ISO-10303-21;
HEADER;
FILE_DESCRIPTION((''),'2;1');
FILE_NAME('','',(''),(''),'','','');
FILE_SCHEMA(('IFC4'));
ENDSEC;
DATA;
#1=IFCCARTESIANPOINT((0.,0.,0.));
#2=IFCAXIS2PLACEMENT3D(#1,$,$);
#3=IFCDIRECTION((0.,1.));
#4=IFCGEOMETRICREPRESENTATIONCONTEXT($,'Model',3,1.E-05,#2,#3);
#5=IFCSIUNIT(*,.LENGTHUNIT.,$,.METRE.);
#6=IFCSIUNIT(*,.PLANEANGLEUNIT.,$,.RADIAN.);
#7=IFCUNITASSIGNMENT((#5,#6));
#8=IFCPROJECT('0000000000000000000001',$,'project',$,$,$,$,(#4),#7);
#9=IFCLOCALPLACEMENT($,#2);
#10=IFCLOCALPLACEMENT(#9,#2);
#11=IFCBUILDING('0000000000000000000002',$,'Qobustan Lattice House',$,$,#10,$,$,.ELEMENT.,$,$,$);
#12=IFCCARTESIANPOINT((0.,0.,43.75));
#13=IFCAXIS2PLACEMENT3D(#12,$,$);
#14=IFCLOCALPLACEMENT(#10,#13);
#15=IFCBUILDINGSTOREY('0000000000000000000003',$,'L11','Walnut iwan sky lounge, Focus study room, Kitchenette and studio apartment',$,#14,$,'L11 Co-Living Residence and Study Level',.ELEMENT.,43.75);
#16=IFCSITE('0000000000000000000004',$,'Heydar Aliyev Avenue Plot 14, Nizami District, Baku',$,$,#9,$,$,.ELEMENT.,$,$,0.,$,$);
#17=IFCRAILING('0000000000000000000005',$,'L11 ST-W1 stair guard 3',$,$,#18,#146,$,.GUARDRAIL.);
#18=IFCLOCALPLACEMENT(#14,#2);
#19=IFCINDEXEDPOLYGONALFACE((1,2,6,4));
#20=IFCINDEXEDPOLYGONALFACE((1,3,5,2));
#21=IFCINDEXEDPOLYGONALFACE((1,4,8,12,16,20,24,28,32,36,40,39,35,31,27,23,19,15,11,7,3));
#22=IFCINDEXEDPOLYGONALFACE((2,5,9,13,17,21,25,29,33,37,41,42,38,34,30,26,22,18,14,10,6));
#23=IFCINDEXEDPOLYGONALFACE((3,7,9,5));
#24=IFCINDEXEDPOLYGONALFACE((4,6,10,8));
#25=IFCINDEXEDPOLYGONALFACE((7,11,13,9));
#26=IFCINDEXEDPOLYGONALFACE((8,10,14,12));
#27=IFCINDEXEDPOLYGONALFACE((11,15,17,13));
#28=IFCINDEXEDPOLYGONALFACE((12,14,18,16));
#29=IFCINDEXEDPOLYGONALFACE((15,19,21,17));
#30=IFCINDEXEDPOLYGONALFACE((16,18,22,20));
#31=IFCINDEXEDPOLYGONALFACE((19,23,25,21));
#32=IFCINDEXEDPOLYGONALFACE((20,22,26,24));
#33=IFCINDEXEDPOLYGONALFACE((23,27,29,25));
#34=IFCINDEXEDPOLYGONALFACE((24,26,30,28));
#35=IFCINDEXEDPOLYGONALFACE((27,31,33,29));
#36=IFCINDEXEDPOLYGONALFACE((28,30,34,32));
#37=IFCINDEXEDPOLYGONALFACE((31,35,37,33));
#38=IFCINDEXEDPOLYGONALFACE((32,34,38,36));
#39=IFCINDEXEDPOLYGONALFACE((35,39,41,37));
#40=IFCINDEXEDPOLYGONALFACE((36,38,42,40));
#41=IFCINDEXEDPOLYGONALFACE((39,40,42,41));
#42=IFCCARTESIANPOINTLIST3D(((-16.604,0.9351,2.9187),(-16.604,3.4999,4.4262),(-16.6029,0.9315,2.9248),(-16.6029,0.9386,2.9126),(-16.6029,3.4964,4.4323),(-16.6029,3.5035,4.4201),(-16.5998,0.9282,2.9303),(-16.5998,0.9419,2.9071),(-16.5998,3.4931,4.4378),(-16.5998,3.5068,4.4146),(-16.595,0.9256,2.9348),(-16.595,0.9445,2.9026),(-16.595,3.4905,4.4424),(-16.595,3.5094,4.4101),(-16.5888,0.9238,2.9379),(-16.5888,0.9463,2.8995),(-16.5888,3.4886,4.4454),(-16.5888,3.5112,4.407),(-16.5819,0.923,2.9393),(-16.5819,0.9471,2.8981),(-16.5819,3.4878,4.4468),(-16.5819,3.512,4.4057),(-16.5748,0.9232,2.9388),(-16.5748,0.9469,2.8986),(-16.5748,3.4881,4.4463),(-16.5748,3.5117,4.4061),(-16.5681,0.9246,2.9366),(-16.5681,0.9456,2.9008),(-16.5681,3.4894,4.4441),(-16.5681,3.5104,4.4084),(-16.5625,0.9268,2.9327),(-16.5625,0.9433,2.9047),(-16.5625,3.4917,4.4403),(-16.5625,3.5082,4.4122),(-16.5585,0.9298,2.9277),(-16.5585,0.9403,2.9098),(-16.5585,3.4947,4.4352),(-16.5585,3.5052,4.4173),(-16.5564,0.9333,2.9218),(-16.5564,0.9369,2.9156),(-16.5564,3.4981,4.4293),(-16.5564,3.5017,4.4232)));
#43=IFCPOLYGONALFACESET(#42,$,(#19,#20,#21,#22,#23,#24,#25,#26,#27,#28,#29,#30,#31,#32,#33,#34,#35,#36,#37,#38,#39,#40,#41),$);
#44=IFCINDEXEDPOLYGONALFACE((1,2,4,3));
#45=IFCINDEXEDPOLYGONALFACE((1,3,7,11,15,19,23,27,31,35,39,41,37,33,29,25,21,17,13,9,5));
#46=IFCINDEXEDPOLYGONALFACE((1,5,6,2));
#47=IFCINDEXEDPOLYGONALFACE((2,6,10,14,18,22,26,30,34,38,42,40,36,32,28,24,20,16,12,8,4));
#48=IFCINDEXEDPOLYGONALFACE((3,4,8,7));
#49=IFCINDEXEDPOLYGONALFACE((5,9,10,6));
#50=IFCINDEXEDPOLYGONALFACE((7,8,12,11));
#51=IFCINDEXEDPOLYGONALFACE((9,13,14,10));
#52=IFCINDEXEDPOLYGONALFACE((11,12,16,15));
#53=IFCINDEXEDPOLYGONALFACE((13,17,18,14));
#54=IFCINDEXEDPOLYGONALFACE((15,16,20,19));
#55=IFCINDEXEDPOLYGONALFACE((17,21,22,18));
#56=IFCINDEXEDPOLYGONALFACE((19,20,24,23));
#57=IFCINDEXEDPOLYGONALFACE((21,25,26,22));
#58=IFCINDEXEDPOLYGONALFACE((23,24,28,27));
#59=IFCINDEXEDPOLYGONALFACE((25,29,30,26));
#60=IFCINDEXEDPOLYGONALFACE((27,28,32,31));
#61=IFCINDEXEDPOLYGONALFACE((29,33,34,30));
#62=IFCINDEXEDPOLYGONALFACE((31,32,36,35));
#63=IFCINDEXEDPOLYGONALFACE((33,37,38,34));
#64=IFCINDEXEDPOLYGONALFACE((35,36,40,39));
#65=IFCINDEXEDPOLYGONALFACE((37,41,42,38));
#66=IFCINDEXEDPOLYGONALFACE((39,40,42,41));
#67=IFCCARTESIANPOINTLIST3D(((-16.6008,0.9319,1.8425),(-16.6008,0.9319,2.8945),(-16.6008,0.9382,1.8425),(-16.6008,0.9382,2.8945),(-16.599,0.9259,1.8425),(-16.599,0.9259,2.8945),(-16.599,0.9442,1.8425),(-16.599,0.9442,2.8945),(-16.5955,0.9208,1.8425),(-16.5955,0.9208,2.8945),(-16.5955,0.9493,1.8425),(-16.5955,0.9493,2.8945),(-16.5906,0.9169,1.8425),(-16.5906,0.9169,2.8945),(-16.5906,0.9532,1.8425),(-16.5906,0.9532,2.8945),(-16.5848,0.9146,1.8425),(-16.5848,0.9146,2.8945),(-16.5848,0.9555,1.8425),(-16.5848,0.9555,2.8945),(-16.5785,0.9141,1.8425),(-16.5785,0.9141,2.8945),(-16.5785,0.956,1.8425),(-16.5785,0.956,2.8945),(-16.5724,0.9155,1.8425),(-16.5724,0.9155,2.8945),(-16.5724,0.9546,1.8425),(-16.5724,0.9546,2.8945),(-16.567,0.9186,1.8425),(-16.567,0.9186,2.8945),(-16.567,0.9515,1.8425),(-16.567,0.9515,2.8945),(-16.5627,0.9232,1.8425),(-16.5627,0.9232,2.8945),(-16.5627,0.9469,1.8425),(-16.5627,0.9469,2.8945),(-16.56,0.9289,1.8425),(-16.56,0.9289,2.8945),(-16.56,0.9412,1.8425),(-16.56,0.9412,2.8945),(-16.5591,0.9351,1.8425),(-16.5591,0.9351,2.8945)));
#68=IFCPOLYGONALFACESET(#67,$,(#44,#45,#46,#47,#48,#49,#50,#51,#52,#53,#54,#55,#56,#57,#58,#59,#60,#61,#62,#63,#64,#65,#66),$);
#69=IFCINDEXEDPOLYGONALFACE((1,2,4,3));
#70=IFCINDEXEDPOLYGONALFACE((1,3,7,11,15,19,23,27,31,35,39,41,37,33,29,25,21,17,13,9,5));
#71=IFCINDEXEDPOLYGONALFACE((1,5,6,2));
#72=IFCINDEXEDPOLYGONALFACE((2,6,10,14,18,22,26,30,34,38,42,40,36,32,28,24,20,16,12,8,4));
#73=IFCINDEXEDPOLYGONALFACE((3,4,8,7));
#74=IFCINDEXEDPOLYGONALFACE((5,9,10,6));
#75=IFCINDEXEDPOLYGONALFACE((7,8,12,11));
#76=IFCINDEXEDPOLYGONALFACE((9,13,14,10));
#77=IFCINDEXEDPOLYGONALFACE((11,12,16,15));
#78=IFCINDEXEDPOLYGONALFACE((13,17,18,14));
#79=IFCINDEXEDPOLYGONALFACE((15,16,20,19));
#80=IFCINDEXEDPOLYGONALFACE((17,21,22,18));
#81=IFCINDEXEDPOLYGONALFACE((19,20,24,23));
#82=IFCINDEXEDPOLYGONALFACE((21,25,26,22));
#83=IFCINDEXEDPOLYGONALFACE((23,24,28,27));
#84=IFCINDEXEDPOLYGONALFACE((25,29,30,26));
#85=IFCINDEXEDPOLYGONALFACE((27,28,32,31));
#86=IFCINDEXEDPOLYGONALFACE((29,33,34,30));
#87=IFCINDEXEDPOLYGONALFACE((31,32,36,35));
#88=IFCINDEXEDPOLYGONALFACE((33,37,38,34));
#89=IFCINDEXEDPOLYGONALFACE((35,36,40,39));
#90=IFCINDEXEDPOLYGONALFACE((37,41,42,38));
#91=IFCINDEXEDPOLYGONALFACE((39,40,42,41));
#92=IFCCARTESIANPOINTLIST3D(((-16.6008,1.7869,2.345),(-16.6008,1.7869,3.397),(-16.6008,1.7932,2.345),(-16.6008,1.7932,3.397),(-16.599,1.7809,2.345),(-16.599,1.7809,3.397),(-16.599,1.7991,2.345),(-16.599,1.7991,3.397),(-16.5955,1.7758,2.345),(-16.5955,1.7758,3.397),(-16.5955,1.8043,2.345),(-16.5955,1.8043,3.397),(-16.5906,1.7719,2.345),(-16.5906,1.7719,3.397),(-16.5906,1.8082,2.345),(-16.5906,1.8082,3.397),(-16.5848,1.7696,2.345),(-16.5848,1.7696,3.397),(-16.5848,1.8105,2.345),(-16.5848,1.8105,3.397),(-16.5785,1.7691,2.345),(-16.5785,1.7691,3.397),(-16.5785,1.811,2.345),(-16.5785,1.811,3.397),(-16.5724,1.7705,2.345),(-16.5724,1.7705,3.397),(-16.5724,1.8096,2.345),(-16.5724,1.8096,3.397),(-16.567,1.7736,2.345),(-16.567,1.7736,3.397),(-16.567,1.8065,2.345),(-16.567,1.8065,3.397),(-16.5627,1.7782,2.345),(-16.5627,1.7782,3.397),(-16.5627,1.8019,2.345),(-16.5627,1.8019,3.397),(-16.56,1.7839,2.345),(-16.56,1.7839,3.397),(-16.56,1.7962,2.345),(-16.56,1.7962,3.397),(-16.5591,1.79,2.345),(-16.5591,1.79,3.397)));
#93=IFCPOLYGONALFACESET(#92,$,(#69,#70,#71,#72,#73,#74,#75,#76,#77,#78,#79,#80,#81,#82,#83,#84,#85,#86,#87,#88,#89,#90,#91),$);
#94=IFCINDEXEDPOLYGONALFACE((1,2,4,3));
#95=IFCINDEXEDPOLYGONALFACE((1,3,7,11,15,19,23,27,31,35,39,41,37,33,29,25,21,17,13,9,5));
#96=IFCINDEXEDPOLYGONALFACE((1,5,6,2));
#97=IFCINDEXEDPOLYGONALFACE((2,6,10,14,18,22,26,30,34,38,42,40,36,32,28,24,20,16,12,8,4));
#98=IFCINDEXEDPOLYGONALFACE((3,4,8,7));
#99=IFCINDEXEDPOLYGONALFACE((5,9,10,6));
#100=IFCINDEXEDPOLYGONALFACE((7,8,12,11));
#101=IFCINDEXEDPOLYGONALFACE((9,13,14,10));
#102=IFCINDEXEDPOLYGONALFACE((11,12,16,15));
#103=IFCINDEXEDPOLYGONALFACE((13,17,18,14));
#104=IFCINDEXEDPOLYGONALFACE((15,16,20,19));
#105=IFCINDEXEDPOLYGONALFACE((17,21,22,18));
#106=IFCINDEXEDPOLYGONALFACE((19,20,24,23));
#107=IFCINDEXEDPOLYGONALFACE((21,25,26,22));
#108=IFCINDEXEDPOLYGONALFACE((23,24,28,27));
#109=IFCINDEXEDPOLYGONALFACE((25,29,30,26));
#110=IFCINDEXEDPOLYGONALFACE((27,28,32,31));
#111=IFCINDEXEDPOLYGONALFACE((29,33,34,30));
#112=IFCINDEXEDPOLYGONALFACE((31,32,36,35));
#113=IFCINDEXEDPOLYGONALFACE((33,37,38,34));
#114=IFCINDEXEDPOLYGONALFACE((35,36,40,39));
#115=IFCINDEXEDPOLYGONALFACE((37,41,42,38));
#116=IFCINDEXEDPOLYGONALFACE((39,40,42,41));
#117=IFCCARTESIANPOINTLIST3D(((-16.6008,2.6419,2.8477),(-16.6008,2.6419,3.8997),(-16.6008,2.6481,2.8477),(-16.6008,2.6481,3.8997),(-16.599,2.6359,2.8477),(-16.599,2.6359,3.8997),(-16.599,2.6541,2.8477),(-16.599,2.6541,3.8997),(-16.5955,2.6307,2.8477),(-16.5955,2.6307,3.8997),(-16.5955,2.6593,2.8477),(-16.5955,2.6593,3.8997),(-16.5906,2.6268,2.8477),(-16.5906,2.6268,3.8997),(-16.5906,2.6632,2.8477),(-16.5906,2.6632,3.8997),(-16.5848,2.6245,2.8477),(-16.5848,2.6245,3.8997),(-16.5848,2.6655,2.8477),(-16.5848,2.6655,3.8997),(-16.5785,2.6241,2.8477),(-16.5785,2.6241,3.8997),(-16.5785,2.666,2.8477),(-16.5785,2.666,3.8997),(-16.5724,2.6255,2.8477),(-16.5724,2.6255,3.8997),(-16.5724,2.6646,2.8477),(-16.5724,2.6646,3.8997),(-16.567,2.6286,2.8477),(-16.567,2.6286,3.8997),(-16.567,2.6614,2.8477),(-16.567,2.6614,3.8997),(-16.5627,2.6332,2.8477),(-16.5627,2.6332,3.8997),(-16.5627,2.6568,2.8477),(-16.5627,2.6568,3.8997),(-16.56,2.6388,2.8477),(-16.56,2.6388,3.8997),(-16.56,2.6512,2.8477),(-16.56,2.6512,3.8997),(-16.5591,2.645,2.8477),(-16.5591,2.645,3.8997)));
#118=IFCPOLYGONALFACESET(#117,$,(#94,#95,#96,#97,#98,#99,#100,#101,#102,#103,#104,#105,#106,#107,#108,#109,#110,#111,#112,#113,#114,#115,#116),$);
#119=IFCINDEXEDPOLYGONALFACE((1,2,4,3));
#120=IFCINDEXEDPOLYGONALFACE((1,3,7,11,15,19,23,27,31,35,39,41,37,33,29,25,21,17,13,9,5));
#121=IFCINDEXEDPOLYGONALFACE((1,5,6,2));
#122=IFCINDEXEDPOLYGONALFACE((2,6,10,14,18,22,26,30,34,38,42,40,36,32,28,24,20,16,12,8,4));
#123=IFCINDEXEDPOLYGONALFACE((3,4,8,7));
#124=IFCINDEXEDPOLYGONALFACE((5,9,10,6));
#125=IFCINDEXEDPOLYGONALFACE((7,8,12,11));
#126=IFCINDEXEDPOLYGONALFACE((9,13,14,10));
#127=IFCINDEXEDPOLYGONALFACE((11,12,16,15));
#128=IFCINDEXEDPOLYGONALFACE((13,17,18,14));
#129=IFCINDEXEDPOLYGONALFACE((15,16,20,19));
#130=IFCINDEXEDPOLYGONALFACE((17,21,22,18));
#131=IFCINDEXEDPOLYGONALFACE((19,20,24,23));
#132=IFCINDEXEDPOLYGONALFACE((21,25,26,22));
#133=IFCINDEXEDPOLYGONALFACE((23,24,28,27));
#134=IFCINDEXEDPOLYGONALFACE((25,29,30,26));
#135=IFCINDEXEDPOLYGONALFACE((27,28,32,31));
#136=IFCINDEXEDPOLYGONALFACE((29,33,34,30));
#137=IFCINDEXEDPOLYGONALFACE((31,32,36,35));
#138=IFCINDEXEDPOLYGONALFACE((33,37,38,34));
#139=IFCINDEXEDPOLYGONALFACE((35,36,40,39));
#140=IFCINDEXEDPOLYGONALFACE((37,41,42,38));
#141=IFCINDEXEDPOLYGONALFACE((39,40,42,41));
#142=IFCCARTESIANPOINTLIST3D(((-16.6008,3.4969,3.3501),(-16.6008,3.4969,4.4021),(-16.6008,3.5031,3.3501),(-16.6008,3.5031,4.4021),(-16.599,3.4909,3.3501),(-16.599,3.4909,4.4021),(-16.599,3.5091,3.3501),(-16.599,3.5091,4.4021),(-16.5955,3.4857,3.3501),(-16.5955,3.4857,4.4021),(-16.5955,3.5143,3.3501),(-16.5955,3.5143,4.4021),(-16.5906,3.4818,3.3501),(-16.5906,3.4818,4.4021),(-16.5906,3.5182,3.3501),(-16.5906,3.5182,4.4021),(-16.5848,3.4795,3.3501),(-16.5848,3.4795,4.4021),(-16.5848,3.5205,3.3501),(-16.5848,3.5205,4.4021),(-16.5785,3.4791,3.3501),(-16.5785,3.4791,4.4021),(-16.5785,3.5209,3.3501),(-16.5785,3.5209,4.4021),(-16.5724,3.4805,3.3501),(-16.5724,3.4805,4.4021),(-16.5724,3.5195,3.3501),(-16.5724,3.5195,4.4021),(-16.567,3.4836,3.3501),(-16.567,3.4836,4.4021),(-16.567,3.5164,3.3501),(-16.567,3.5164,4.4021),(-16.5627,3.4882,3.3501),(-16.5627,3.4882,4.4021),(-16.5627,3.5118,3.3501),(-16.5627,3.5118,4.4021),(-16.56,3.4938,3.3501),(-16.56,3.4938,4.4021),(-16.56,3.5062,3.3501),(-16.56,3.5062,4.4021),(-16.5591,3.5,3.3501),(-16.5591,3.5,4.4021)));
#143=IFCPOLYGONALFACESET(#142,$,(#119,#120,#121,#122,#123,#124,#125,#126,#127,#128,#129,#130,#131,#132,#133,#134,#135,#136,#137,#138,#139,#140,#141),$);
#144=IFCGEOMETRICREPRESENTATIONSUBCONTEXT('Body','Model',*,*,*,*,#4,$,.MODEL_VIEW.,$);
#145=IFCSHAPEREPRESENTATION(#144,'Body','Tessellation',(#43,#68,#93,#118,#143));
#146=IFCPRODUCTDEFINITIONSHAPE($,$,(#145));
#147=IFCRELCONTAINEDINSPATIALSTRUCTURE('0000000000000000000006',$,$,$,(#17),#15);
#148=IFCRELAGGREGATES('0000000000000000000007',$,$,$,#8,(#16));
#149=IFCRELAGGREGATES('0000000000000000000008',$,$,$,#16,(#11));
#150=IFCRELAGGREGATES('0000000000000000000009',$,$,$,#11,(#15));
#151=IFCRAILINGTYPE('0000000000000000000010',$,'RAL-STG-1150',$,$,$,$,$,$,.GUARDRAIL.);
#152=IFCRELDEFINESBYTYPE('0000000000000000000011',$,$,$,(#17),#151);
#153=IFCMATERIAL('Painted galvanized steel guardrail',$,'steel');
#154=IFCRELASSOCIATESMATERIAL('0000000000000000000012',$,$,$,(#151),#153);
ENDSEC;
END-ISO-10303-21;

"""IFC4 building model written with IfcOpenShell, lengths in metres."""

from ifc_helpers import new_model, si_unit, direction, frame, origin, origin_2d, place, context, subcontext, project, spatial, circle, extrude, material, type_object, element, save


model = new_model("IFC4")

# Units and contexts
model_context = context("Model", 3, precision=1e-05, world=origin(), true_north=direction((0.0, 1.0)))
body_context = subcontext(model_context, "Body", "Model", "MODEL_VIEW")
ifc_project = project(units=[si_unit("LENGTHUNIT", "METRE"), si_unit("PLANEANGLEUNIT", "RADIAN")], contexts=[model_context])

# Site, building, storey
site_placement = place(None, origin())
site = spatial("IfcSite", under=ifc_project, at=site_placement, Name="Heydar Aliyev Avenue Plot 14, Nizami District, Baku", CompositionType="ELEMENT", RefElevation=0.0)
building_placement = place(site_placement, origin())
building = spatial("IfcBuilding", under=site, at=building_placement, Name="Qobustan Lattice House", CompositionType="ELEMENT")
storey_placement = place(building_placement, frame((0.0, 0.0, 43.75)))
storey = spatial("IfcBuildingStorey", under=building, at=storey_placement, Name="L11", Description="Walnut iwan sky lounge, Focus study room, Kitchenette and studio apartment", LongName="L11 Co-Living Residence and Study Level", CompositionType="ELEMENT", Elevation=43.75)

# Railing
ifc_material_1 = material(Name="Painted galvanized steel guardrail", Category="steel")
railing_type = type_object("IfcRailingType", Name="RAL-STG-1150", PredefinedType="GUARDRAIL", material=ifc_material_1)
railing_1_placement = place(storey_placement, frame((-16.5801, 0.9351, 1.8425)))
element("IfcRailing", 1, at=railing_1_placement, inside=storey, type_object=railing_type, Name="L11 ST-W1 stair guard 3", PredefinedType="GUARDRAIL", context=body_context, shape_type="SweptSolid", body=[
    extrude(circle(Radius=0.0239, at=origin_2d()), frame((0.0, 0.0, 1.0762), z_axis=(0.0, 0.862113, 0.506715), x_axis=(-1.0, 0.0, 0.0)), (0.0, 0.0, 1.0), 2.9751),
    extrude(circle(Radius=0.021, at=origin_2d()), origin(), (0.0, 0.0, 1.0), 1.052),
    extrude(circle(Radius=0.021, at=origin_2d()), frame((0.0, 0.855, 0.5024)), (0.0, 0.0, 1.0), 1.052),
    extrude(circle(Radius=0.021, at=origin_2d()), frame((0.0, 1.71, 1.0051)), (0.0, 0.0, 1.0), 1.052),
    extrude(circle(Radius=0.021, at=origin_2d()), frame((0.0, 2.5649, 1.5076)), (0.0, 0.0, 1.0), 1.052),
])

save(model, "model.ifc")
